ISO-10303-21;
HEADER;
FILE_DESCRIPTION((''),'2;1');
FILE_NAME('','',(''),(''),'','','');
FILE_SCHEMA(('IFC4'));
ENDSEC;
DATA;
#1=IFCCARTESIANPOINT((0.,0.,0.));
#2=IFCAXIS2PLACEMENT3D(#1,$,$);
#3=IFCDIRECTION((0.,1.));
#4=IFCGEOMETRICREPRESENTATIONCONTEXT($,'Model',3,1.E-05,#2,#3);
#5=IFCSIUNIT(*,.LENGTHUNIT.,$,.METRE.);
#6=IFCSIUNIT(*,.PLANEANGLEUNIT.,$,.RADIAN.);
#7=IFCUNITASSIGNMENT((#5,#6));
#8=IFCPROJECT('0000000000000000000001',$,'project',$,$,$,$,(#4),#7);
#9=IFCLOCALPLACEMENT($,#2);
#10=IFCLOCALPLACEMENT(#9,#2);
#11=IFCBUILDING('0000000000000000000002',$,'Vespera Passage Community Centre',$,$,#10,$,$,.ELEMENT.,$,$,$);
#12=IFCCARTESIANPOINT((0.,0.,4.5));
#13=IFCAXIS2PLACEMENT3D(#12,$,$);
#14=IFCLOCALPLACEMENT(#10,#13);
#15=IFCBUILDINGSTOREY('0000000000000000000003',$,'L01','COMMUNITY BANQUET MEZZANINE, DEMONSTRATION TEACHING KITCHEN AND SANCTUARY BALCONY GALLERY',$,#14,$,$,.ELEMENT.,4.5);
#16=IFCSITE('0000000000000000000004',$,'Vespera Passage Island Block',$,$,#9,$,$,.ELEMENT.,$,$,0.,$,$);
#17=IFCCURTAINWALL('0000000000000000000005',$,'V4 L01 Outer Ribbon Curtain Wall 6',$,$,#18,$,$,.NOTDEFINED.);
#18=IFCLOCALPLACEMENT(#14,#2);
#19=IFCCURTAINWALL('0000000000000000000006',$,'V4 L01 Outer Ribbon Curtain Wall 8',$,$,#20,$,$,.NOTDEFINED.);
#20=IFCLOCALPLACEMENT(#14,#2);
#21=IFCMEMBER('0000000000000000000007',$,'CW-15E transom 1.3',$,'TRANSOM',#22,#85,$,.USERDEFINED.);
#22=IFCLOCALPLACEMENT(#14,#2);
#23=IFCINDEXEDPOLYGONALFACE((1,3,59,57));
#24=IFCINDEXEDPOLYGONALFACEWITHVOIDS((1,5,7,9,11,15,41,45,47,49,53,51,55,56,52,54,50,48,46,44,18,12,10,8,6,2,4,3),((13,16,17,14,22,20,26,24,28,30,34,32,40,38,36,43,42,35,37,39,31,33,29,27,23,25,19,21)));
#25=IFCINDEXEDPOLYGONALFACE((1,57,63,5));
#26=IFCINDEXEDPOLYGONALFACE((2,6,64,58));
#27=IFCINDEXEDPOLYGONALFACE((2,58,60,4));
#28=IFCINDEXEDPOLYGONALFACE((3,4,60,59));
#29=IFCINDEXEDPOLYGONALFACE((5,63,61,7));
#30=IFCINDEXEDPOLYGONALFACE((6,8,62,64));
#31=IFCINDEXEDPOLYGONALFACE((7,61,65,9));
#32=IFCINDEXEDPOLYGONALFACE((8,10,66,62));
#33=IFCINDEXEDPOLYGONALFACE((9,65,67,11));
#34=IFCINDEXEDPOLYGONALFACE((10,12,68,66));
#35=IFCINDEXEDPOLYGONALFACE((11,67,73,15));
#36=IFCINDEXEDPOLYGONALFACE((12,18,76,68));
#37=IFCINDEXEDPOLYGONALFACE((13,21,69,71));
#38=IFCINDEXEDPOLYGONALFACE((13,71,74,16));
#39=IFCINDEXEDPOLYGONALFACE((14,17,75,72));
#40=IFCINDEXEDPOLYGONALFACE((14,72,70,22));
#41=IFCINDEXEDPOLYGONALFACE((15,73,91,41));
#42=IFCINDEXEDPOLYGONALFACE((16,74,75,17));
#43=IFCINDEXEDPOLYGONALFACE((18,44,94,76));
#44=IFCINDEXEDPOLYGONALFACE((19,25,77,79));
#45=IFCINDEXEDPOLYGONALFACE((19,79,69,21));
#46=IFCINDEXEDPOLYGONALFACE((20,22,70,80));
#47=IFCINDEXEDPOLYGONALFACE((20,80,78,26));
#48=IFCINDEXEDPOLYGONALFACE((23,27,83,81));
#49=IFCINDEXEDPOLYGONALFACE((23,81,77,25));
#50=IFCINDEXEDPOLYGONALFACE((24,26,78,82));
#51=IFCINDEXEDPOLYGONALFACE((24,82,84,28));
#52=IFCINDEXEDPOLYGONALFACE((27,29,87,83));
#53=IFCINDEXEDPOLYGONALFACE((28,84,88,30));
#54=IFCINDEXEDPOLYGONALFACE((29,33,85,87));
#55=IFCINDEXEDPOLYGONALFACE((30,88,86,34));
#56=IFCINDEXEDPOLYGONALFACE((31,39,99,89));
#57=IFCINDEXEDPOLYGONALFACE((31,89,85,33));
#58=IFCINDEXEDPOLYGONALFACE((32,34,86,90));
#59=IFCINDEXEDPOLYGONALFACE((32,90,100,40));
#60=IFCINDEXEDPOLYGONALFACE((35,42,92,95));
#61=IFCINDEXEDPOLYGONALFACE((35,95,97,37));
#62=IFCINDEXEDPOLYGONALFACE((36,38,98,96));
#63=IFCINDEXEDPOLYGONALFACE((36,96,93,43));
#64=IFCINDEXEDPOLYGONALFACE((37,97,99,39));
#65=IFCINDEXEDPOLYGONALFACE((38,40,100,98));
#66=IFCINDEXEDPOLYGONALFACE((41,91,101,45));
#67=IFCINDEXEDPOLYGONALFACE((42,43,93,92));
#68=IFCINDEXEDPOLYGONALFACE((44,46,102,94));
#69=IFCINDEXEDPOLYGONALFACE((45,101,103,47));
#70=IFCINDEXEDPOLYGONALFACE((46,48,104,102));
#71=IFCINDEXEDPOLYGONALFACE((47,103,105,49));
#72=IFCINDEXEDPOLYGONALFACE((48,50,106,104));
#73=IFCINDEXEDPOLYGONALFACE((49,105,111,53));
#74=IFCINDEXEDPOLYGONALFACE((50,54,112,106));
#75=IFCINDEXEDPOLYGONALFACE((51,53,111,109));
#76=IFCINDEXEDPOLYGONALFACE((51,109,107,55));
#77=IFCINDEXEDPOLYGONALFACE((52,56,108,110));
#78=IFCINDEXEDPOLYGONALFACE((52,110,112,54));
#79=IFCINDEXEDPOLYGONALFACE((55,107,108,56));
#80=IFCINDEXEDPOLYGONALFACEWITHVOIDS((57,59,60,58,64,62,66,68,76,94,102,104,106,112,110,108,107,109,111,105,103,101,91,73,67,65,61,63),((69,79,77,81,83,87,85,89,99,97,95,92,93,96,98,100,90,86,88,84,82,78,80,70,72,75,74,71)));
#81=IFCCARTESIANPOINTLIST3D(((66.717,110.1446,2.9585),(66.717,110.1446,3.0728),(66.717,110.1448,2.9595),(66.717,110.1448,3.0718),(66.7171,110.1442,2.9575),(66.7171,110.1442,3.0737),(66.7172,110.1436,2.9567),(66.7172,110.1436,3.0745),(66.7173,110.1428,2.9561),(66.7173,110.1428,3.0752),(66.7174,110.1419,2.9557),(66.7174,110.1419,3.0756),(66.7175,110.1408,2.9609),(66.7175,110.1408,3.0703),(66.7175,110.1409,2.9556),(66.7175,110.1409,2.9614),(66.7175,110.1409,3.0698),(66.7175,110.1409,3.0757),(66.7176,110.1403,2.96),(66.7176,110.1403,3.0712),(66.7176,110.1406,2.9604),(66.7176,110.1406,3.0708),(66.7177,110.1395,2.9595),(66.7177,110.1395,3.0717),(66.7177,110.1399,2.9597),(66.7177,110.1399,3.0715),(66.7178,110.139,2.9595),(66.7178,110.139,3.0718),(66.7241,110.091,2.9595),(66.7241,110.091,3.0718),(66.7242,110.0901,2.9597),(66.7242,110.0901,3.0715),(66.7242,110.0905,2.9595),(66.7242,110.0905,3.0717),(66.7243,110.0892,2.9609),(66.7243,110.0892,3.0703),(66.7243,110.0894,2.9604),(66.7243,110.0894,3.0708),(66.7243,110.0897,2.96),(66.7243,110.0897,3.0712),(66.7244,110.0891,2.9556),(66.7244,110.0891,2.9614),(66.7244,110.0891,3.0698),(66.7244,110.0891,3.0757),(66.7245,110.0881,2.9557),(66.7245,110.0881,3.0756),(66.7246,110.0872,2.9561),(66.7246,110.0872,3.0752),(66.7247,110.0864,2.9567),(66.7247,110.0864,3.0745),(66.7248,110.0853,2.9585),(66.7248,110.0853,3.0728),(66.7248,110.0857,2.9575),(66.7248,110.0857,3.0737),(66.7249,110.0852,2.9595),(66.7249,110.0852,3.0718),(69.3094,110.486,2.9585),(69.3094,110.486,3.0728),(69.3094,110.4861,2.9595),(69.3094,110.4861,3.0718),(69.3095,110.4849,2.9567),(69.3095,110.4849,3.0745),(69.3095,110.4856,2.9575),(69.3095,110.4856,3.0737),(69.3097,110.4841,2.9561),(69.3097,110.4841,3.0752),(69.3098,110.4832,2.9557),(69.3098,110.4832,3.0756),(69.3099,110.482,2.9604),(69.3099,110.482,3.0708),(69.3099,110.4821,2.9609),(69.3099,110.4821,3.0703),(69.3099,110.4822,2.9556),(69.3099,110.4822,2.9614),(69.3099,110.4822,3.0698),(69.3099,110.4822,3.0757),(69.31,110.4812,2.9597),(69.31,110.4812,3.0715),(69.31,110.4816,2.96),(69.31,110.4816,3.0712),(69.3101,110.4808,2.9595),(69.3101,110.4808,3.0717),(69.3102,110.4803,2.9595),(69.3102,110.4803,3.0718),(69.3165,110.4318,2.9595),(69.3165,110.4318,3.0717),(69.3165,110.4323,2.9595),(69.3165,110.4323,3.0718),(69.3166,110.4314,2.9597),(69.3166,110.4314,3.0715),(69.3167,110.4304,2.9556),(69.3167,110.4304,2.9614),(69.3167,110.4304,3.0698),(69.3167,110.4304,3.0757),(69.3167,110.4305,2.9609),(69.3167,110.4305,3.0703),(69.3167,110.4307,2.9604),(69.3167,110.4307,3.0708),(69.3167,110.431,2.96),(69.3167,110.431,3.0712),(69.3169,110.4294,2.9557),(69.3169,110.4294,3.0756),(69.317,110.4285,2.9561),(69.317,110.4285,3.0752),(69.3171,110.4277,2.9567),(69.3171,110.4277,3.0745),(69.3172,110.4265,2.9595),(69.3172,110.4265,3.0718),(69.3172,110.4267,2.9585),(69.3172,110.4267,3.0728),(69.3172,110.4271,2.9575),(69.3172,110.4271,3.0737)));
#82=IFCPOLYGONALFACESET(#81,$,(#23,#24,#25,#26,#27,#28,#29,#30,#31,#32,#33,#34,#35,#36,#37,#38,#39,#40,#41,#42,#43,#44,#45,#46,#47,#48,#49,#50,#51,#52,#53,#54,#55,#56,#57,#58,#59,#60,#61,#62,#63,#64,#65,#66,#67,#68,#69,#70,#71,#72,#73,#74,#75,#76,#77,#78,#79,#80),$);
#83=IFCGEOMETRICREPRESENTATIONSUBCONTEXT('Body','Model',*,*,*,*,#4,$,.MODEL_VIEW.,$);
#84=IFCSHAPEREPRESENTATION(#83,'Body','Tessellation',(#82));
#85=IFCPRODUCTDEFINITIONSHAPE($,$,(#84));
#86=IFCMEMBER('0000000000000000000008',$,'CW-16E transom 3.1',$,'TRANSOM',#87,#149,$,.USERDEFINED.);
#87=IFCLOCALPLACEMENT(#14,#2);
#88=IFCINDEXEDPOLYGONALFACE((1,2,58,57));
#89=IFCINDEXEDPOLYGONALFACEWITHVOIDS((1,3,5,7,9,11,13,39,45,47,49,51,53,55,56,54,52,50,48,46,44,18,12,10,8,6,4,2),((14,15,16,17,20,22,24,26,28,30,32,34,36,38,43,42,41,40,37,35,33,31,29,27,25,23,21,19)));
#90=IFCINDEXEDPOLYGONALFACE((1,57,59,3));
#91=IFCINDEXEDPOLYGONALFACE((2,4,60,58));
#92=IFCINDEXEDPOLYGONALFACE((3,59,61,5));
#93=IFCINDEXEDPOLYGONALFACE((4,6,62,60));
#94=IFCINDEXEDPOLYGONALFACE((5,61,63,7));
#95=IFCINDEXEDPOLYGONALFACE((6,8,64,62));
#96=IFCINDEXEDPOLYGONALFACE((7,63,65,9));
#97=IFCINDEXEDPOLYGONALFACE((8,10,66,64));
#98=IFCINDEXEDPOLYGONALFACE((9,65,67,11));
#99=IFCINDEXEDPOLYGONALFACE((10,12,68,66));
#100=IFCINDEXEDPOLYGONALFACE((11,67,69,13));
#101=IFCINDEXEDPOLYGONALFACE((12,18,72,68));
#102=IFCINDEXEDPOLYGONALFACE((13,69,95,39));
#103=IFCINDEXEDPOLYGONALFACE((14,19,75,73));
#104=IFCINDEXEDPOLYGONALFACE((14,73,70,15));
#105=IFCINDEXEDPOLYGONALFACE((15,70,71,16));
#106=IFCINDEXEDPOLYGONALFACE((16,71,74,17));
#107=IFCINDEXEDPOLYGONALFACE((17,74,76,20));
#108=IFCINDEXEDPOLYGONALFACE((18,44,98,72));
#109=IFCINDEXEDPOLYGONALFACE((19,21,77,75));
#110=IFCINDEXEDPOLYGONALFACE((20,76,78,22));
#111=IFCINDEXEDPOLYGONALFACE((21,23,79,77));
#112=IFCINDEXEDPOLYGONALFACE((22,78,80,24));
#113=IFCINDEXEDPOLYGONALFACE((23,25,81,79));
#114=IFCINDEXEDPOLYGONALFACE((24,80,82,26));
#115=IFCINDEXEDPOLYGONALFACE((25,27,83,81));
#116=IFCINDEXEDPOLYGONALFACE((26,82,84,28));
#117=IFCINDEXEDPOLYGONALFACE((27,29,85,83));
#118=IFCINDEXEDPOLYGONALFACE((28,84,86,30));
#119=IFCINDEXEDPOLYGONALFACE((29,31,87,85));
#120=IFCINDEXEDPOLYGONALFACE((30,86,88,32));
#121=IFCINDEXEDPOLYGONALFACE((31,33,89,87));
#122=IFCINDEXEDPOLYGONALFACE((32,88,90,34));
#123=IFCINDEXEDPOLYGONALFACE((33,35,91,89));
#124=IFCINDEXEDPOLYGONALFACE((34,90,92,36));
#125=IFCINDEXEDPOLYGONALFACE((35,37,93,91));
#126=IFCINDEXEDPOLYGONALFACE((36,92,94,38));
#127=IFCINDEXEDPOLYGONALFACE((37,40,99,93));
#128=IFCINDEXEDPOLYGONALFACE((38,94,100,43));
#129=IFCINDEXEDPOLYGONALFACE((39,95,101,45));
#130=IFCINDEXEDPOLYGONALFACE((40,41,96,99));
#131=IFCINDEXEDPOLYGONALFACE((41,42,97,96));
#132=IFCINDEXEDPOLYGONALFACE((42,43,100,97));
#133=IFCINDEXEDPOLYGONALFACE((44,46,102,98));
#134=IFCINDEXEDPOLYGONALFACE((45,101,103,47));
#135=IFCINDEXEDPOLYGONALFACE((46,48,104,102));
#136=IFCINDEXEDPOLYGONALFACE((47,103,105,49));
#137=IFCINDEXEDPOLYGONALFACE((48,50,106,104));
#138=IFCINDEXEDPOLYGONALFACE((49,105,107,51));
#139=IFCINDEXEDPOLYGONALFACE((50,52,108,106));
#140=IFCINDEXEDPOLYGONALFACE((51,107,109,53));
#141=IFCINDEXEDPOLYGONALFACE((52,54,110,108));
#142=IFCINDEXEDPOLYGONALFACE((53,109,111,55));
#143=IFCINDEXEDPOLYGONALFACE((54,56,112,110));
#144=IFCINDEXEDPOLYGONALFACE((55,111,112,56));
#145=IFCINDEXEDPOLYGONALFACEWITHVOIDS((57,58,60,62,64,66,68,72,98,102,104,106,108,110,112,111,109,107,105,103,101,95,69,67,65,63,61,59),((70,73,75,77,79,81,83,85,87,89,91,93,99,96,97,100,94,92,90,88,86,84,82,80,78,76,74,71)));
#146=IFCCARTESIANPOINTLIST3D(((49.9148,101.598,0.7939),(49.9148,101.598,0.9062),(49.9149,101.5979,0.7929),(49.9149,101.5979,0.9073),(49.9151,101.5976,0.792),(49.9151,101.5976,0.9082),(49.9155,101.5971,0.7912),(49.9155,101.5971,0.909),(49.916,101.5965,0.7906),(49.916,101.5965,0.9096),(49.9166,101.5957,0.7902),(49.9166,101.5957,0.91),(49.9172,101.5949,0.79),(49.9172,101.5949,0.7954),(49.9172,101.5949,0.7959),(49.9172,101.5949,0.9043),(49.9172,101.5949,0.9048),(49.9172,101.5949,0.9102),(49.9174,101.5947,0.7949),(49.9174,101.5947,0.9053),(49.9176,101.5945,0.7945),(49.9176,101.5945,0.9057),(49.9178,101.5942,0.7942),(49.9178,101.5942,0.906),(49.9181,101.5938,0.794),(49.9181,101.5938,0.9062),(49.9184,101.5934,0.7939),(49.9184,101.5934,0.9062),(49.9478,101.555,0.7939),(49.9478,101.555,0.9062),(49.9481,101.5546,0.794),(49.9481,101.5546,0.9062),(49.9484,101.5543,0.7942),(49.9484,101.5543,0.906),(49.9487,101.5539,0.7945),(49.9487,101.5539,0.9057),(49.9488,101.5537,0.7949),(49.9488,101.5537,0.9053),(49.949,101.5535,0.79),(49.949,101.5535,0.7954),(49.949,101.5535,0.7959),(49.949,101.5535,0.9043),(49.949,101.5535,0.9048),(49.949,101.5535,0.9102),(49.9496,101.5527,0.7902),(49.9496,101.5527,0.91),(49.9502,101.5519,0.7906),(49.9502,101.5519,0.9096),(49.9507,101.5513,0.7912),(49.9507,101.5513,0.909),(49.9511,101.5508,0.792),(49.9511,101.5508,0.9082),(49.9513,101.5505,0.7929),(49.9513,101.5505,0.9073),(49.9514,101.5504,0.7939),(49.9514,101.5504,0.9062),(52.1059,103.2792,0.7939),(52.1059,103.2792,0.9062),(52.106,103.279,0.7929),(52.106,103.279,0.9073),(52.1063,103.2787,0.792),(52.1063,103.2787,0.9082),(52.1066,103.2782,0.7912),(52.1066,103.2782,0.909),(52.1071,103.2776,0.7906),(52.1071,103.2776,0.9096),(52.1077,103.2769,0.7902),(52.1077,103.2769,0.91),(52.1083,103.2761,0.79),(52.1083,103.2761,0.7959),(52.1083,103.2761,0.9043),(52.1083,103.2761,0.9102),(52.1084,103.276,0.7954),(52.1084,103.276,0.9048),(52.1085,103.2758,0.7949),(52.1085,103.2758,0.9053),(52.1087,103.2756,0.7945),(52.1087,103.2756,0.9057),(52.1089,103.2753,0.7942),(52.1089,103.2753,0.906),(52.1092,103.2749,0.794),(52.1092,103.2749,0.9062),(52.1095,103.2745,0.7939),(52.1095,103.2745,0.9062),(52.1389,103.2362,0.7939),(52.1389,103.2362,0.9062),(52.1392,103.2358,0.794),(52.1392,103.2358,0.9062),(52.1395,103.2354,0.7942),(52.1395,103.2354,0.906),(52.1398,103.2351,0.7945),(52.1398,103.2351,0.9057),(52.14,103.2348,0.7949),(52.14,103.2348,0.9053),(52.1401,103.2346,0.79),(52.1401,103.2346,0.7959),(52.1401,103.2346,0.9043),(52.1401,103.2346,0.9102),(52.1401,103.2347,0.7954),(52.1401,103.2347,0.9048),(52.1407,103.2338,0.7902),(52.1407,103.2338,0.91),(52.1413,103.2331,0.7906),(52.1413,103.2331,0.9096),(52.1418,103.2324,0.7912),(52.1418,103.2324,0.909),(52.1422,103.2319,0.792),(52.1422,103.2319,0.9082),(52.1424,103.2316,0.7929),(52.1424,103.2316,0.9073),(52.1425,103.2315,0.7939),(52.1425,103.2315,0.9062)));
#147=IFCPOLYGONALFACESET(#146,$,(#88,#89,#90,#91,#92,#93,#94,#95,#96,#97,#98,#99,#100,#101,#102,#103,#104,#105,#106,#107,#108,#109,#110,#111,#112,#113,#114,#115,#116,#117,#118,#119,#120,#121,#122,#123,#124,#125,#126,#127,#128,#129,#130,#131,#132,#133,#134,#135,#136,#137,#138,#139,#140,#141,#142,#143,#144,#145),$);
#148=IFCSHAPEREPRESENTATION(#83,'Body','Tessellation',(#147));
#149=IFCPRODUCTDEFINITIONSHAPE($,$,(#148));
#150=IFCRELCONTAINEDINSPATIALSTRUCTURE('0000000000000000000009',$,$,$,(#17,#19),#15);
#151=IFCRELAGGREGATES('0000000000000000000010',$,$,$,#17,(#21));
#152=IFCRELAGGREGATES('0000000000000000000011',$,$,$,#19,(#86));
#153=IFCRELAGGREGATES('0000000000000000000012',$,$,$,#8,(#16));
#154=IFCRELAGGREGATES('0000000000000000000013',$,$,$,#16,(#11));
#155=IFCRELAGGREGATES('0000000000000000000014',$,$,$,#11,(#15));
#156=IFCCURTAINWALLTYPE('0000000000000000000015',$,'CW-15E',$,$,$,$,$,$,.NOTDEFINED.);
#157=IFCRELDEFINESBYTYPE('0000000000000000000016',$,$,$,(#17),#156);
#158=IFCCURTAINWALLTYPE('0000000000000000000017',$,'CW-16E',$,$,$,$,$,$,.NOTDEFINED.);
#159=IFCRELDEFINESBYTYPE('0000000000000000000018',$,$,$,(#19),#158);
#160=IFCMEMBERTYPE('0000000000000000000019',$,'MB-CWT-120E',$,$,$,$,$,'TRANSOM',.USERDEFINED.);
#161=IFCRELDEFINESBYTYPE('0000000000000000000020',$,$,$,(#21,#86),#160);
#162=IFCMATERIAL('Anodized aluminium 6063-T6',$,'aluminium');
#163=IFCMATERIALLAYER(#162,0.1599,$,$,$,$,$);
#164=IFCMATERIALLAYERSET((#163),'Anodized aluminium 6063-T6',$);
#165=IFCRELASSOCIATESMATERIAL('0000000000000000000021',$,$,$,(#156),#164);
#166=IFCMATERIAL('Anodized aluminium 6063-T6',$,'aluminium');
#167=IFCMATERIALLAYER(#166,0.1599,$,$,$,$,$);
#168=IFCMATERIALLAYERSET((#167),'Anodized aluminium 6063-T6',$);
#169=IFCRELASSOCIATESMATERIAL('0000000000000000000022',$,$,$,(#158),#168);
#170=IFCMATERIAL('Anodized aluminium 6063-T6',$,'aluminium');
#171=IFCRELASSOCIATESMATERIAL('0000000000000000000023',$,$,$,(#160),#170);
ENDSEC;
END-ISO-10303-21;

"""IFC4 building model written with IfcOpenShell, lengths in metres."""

from ifc_helpers import new_model, si_unit, direction, frame, origin, origin_2d, place, context, subcontext, project, spatial, hollow_rectangle, extrude, material, layer, layer_set, material_profile, profile_set, type_object, element, aggregate, save


model = new_model("IFC4")

# Units and contexts
model_context = context("Model", 3, precision=1e-05, world=origin(), true_north=direction((0.0, 1.0)))
body_context = subcontext(model_context, "Body", "Model", "MODEL_VIEW")
ifc_project = project(units=[si_unit("LENGTHUNIT", "METRE"), si_unit("PLANEANGLEUNIT", "RADIAN")], contexts=[model_context])

# Site, building, storey
site_placement = place(None, origin())
site = spatial("IfcSite", under=ifc_project, at=site_placement, Name="Vespera Passage Island Block", CompositionType="ELEMENT", RefElevation=0.0)
building_placement = place(site_placement, origin())
building = spatial("IfcBuilding", under=site, at=building_placement, Name="Vespera Passage Community Centre", CompositionType="ELEMENT")
storey_placement = place(building_placement, frame((0.0, 0.0, 4.5)))
storey = spatial("IfcBuildingStorey", under=building, at=storey_placement, Name="L01", Description="COMMUNITY BANQUET MEZZANINE, DEMONSTRATION TEACHING KITCHEN AND SANCTUARY BALCONY GALLERY", CompositionType="ELEMENT", Elevation=4.5)

# Curtain wall
ifc_material_1 = material(Name="Anodized aluminium 6063-T6", Category="aluminium")
ifc_layer_1 = layer(ifc_material_1, 0.1599)
ifc_layer_set_1 = layer_set([ifc_layer_1], Name="Anodized aluminium 6063-T6")
curtain_wall_type_1 = type_object("IfcCurtainWallType", Name="CW-15E", PredefinedType="NOTDEFINED", material=ifc_layer_set_1)
curtain_wall_1_placement = place(storey_placement, origin())
curtain_wall_1 = element("IfcCurtainWall", 1, at=curtain_wall_1_placement, inside=storey, type_object=curtain_wall_type_1, Name="V4 L01 Outer Ribbon Curtain Wall 6", PredefinedType="NOTDEFINED")

# Curtain wall
ifc_material_2 = material(Name="Anodized aluminium 6063-T6", Category="aluminium")
ifc_layer_2 = layer(ifc_material_2, 0.1599)
ifc_layer_set_2 = layer_set([ifc_layer_2], Name="Anodized aluminium 6063-T6")
curtain_wall_type_2 = type_object("IfcCurtainWallType", Name="CW-16E", PredefinedType="NOTDEFINED", material=ifc_layer_set_2)
curtain_wall_2_placement = place(storey_placement, origin())
curtain_wall_2 = element("IfcCurtainWall", 2, at=curtain_wall_2_placement, inside=storey, type_object=curtain_wall_type_2, Name="V4 L01 Outer Ribbon Curtain Wall 8", PredefinedType="NOTDEFINED")

# Members
ifc_material_3 = material(Name="Anodized aluminium 6063-T6", Category="aluminium")
ifc_material_profile_1 = material_profile(ifc_material_3, hollow_rectangle(XDim=0.0601, YDim=0.1201, WallThickness=0.0039, InnerFilletRadius=0.002, OuterFilletRadius=0.0039, at=origin_2d()), Name="ALU120X60X4")
ifc_profile_set_1 = profile_set([ifc_material_profile_1], Name="Anodized aluminium 6063-T6")
member_type_1 = type_object("IfcMemberType", Name="MB-CWT-120E", ElementType="TRANSOM", PredefinedType="USERDEFINED", material=ifc_profile_set_1)
member_1_placement = place(storey_placement, frame((66.7209, 110.115, 3.0156), z_axis=(0.991443, 0.130537, 0.0), x_axis=(-0.130537, 0.991443, 0.0)))
member_1 = element("IfcMember", 3, at=member_1_placement, type_object=member_type_1, Name="CW-15E transom 1.3", ObjectType="TRANSOM", PredefinedType="USERDEFINED", context=body_context, shape_type="SweptSolid", body=[
    extrude(hollow_rectangle(XDim=0.0601, YDim=0.1201, WallThickness=0.0039, InnerFilletRadius=0.002, OuterFilletRadius=0.0039, at=origin_2d()), origin(), (0.0, 0.0, 1.0), 2.6147),
])
aggregate(curtain_wall_1, [member_1])
member_2_placement = place(storey_placement, frame((49.9331, 101.5742, 0.8501), z_axis=(0.793386, 0.608719, 0.0), x_axis=(-0.608719, 0.793386, 0.0)))
member_2 = element("IfcMember", 4, at=member_2_placement, type_object=member_type_1, Name="CW-16E transom 3.1", ObjectType="TRANSOM", PredefinedType="USERDEFINED", context=body_context, shape_type="SweptSolid", body=[
    extrude(hollow_rectangle(XDim=0.0601, YDim=0.1201, WallThickness=0.0039, InnerFilletRadius=0.002, OuterFilletRadius=0.0039, at=origin_2d()), origin(), (0.0, 0.0, 1.0), 2.7617),
])

aggregate(curtain_wall_2, [member_2])

save(model, "model.ifc")
